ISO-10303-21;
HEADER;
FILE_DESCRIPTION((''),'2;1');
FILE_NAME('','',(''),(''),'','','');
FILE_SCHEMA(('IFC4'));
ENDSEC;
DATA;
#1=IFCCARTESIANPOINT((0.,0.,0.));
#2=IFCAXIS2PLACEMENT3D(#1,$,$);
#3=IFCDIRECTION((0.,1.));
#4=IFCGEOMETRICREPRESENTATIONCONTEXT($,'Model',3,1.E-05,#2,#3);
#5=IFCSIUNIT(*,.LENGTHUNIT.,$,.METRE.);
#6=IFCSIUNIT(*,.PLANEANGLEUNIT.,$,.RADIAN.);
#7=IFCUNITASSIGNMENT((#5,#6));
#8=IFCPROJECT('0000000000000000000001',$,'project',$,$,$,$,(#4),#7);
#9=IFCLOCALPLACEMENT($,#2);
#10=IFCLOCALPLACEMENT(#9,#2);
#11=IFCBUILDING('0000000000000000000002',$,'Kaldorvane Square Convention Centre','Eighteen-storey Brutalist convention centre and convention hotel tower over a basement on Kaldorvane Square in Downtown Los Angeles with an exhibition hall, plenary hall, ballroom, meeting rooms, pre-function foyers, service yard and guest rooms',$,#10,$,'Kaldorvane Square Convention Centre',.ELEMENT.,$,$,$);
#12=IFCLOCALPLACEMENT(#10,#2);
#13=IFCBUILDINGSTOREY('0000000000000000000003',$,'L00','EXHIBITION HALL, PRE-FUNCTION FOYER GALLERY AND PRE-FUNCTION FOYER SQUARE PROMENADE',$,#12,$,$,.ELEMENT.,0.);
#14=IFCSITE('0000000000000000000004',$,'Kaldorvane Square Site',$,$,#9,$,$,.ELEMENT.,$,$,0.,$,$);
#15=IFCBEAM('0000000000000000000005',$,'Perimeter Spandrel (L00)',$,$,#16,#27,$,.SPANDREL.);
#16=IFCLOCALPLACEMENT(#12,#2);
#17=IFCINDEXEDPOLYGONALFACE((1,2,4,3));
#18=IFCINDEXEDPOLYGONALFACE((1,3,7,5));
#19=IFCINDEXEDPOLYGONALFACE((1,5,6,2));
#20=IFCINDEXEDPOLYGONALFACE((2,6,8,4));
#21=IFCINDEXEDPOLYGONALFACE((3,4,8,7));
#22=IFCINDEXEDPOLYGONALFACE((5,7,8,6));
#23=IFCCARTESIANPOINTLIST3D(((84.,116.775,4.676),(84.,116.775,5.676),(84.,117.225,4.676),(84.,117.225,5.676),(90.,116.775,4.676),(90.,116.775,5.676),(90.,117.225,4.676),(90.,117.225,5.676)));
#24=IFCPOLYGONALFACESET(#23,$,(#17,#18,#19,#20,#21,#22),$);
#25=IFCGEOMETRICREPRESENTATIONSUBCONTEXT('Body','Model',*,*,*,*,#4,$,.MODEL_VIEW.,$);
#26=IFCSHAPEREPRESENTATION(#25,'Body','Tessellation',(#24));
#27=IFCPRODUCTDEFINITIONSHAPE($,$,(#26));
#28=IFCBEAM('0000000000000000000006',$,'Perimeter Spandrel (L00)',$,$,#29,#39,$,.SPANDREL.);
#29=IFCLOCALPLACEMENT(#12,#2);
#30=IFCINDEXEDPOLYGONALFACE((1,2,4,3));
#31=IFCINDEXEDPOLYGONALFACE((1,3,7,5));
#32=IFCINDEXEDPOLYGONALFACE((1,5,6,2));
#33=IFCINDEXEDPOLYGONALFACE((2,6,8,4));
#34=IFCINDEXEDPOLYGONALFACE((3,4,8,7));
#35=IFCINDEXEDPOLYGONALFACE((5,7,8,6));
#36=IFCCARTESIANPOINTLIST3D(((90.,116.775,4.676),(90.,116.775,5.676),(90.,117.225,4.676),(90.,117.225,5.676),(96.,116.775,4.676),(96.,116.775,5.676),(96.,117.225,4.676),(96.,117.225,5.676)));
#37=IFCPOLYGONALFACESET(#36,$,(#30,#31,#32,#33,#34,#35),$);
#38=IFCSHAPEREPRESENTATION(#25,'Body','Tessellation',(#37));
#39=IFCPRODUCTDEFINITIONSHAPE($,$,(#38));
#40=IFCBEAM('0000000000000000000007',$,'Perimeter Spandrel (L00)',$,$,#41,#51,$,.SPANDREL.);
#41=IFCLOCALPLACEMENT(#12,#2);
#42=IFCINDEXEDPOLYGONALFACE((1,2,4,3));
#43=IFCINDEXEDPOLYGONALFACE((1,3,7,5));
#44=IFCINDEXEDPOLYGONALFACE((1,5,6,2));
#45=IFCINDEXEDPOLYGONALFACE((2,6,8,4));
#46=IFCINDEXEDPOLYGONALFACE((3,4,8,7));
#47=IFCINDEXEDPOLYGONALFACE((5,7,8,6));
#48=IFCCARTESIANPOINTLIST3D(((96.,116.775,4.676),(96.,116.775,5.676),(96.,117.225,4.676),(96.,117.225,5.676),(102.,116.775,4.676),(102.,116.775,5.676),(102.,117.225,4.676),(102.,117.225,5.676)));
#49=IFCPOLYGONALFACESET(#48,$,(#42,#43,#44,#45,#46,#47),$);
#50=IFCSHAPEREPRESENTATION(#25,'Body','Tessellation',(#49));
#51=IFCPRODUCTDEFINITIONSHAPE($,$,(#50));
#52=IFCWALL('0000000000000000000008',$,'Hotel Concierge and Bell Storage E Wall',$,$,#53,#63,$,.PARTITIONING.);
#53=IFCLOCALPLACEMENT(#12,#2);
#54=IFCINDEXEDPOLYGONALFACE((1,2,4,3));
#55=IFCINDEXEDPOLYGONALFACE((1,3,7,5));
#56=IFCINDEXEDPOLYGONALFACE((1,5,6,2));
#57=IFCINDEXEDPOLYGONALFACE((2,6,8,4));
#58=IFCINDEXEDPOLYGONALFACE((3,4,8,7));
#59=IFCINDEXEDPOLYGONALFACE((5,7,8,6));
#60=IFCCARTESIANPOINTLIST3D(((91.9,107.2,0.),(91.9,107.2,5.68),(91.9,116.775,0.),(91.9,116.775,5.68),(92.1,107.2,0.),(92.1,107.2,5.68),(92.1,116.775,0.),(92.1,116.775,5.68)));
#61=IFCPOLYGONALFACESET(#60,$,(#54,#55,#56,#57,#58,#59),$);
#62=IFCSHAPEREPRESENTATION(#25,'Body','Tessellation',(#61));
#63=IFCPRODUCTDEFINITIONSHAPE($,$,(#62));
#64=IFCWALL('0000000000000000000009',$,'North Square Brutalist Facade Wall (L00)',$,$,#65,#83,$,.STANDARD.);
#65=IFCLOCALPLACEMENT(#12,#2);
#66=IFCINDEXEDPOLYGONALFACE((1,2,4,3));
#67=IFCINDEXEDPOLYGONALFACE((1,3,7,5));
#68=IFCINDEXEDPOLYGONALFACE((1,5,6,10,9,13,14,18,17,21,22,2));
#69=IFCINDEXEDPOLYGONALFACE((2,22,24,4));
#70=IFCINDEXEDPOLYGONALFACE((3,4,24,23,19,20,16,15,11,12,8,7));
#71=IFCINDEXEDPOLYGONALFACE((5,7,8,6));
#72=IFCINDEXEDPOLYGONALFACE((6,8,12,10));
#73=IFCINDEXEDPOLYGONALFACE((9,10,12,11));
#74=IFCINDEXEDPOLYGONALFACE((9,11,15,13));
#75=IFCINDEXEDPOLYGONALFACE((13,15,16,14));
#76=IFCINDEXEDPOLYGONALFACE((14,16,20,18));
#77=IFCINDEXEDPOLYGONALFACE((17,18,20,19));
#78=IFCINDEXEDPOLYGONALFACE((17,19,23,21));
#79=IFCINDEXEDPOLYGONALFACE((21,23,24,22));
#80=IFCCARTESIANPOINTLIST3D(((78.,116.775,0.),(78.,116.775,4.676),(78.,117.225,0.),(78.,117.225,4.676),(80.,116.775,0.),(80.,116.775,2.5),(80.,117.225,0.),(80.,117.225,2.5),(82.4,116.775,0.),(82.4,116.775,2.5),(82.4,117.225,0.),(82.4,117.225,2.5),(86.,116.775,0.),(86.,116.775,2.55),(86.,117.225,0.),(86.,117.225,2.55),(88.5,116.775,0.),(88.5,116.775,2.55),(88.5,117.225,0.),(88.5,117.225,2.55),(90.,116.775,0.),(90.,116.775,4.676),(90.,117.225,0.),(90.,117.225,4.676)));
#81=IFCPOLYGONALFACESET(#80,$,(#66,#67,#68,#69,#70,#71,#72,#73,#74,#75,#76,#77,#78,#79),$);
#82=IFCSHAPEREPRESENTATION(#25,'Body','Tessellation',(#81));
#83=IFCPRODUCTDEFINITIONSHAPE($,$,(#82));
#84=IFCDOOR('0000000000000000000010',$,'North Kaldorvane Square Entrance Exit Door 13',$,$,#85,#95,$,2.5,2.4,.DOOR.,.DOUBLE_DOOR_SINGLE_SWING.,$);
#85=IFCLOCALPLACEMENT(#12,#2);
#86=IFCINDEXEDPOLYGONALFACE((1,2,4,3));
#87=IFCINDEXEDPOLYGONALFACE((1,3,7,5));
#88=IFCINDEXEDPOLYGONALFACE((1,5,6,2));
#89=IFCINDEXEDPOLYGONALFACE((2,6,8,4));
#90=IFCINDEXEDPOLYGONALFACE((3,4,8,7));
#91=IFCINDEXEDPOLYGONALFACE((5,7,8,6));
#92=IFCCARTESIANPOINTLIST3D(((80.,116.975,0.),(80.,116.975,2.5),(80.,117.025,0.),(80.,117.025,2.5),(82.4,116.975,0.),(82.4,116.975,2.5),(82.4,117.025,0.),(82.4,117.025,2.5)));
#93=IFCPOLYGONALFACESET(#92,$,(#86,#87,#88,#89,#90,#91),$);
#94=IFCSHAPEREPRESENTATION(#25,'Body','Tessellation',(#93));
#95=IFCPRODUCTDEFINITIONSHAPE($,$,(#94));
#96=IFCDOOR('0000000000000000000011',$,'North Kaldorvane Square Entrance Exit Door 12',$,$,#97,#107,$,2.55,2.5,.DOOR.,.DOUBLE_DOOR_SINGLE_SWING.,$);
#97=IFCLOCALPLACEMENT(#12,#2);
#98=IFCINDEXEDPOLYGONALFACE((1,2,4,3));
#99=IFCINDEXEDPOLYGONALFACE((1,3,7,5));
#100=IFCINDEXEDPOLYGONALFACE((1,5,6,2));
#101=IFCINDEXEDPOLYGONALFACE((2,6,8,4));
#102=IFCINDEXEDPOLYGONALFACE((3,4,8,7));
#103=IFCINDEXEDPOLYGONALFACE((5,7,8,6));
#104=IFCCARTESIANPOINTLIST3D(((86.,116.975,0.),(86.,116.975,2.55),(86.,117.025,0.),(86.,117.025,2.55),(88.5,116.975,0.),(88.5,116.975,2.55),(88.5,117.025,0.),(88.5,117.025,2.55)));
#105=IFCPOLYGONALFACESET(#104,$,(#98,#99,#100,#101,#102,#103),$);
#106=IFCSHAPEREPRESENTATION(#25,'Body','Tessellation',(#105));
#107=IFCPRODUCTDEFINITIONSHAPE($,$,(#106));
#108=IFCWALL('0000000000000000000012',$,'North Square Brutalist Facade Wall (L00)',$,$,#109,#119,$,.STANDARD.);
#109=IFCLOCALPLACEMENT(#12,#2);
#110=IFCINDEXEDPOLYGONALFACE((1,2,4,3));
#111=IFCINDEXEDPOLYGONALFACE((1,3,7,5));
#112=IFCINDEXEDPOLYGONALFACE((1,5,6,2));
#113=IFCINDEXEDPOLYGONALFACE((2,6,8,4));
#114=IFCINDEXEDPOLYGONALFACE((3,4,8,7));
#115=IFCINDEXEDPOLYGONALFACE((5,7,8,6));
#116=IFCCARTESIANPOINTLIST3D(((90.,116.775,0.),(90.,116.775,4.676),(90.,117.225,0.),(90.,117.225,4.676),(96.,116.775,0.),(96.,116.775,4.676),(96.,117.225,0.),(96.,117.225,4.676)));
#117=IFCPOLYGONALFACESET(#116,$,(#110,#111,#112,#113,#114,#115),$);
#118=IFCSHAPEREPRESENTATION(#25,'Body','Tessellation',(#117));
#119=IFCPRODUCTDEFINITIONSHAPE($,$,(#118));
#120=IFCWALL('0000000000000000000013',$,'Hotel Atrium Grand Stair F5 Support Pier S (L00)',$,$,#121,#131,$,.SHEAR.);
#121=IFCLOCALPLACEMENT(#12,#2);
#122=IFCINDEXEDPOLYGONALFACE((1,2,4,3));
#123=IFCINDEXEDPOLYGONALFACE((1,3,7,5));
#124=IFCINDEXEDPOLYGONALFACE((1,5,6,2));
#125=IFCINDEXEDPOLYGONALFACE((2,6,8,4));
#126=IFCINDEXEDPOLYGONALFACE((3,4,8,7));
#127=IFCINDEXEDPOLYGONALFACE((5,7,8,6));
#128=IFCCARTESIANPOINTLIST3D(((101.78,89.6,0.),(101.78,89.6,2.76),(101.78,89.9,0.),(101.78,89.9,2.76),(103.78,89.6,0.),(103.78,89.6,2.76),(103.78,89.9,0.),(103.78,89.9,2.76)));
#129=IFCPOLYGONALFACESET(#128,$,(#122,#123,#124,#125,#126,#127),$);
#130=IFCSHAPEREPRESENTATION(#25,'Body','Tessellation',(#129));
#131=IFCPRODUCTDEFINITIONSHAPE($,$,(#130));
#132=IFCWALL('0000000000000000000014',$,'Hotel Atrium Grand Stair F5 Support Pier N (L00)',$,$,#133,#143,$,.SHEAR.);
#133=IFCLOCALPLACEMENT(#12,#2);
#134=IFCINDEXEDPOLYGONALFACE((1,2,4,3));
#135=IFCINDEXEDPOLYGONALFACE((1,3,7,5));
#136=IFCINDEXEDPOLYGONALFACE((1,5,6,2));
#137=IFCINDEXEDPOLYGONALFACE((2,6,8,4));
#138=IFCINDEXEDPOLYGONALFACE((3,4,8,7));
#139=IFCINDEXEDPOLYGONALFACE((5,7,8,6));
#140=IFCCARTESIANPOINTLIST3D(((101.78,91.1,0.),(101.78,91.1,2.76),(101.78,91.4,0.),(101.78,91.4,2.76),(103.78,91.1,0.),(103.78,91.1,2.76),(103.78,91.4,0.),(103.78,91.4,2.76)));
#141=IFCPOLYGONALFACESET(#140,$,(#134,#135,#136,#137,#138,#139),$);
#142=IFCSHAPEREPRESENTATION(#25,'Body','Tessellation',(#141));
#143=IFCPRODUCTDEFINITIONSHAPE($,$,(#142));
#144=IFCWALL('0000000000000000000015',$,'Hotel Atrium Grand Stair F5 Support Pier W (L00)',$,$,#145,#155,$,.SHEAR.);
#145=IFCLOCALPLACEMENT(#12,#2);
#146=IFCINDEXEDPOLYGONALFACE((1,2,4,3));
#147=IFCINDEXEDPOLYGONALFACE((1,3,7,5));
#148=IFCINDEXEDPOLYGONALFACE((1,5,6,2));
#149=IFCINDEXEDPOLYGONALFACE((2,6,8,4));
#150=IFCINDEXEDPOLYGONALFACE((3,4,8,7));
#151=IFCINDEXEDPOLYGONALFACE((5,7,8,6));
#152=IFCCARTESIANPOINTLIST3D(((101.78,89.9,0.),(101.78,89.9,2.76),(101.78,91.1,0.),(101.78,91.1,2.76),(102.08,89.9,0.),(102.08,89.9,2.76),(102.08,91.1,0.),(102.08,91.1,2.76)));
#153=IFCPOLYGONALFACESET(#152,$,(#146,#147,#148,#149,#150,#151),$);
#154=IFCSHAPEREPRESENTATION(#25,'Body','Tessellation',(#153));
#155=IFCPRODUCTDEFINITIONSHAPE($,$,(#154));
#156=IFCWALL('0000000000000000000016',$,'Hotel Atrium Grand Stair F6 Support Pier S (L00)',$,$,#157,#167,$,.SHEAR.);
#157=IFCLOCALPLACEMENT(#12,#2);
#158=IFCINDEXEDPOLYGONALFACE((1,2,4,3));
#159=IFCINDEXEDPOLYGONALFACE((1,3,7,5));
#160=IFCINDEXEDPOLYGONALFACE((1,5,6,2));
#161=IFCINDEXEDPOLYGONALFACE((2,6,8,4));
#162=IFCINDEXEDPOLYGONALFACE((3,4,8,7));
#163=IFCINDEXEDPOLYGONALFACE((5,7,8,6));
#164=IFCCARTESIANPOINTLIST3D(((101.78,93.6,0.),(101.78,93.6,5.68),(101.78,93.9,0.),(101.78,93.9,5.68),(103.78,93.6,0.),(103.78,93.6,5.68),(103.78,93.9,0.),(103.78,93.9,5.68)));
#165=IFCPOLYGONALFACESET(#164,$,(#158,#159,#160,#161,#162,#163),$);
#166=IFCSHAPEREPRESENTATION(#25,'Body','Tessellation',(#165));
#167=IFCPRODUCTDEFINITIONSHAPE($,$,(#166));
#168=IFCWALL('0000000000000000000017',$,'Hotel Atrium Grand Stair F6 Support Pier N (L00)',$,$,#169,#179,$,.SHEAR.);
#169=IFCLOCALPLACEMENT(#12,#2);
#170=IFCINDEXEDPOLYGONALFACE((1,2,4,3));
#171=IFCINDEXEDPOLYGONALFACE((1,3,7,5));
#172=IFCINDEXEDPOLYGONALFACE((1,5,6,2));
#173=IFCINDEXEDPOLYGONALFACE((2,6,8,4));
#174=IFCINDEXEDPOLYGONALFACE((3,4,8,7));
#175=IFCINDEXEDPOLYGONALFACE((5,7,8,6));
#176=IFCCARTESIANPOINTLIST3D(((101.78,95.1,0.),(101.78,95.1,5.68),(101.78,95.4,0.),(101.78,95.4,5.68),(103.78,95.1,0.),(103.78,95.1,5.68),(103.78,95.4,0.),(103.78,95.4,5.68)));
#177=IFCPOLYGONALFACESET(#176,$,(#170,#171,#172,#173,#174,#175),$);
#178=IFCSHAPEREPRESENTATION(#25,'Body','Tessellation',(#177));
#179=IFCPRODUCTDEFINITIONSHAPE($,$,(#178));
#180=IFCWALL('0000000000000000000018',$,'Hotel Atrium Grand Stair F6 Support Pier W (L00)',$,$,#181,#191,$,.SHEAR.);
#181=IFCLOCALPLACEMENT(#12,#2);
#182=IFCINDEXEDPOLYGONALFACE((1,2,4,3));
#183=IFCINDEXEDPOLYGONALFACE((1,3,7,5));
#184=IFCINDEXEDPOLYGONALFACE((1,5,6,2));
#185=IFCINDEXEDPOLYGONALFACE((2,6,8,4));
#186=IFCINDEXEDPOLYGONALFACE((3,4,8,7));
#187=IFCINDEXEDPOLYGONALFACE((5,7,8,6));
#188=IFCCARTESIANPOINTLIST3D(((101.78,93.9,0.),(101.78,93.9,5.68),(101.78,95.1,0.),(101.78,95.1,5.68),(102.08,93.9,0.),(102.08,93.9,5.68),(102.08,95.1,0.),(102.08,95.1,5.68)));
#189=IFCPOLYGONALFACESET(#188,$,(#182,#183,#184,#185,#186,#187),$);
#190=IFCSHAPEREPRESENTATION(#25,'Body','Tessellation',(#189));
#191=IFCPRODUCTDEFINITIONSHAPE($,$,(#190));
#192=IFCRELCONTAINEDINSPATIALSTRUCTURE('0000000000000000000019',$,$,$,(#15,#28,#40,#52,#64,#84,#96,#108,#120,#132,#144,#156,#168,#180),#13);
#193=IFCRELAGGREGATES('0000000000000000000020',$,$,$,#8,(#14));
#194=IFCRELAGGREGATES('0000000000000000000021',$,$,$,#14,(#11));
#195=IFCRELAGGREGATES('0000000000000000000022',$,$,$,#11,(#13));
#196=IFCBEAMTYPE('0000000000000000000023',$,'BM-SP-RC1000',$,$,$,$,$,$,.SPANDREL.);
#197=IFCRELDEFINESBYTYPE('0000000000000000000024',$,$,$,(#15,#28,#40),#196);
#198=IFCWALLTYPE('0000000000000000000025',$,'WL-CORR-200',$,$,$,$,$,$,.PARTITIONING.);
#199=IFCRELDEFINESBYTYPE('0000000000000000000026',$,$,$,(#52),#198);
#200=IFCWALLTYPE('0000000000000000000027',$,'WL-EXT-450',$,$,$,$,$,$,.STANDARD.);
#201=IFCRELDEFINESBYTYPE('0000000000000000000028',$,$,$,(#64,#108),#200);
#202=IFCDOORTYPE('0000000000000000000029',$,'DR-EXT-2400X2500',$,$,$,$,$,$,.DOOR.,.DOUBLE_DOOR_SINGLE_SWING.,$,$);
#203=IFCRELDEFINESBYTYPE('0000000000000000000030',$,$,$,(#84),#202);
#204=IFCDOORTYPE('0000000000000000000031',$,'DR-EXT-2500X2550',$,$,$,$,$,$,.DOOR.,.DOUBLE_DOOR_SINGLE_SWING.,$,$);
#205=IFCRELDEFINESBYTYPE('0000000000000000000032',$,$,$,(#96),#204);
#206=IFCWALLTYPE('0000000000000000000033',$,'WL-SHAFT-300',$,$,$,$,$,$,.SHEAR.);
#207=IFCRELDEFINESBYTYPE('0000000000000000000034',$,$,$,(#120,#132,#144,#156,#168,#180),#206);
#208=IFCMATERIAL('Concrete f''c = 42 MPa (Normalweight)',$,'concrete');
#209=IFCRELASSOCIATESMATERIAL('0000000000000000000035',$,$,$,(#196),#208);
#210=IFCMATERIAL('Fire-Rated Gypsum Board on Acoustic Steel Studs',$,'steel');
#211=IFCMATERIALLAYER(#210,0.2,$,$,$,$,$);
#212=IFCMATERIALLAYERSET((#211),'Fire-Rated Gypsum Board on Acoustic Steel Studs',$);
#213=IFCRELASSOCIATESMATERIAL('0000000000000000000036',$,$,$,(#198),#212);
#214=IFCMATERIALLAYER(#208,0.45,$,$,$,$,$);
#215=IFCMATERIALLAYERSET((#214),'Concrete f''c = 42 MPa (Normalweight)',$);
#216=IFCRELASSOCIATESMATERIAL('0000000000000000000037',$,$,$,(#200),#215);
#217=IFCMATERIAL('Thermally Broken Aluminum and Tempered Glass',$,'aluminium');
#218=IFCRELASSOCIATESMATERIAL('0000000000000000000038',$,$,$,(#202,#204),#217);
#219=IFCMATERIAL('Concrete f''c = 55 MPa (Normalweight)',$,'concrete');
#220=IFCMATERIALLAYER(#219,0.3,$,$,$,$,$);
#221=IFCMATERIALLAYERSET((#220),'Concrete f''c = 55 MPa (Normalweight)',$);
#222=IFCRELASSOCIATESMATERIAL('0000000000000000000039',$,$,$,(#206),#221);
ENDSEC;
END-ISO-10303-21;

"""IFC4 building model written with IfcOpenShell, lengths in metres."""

from ifc_helpers import new_model, si_unit, direction, frame, frame_2d, origin, origin_2d, place, context, subcontext, project, spatial, rectangle, extrude, material, layer, layer_set, material_profile, profile_set, type_object, element, fill, save


model = new_model("IFC4")

# Units and contexts
model_context = context("Model", 3, precision=1e-05, world=origin(), true_north=direction((0.0, 1.0)))
body_context = subcontext(model_context, "Body", "Model", "MODEL_VIEW")
ifc_project = project(units=[si_unit("LENGTHUNIT", "METRE"), si_unit("PLANEANGLEUNIT", "RADIAN")], contexts=[model_context])

# Site, building, storey
site_placement = place(None, origin())
site = spatial("IfcSite", under=ifc_project, at=site_placement, Name="Kaldorvane Square Site", CompositionType="ELEMENT", RefElevation=0.0)
building_placement = place(site_placement, origin())
building = spatial("IfcBuilding", under=site, at=building_placement, Name="Kaldorvane Square Convention Centre", Description="Eighteen-storey Brutalist convention centre and convention hotel tower over a basement on Kaldorvane Square in Downtown Los Angeles with an exhibition hall, plenary hall, ballroom, meeting rooms, pre-function foyers, service yard and guest rooms", LongName="Kaldorvane Square Convention Centre", CompositionType="ELEMENT")
storey_placement = place(building_placement, origin())
storey = spatial("IfcBuildingStorey", under=building, at=storey_placement, Name="L00", Description="EXHIBITION HALL, PRE-FUNCTION FOYER GALLERY AND PRE-FUNCTION FOYER SQUARE PROMENADE", CompositionType="ELEMENT", Elevation=0.0)

# Shared definitions
ifc_material_1 = material(Name="Concrete f'c = 55 MPa (Normalweight)", Category="concrete")

# Beams
ifc_material_2 = material(Name="Concrete f'c = 42 MPa (Normalweight)", Category="concrete")
ifc_material_profile_1 = material_profile(ifc_material_2, rectangle(XDim=0.45, YDim=1.0, at=origin_2d()), Name="RCSP1000X450")
ifc_profile_set_1 = profile_set([ifc_material_profile_1], Name="Concrete f'c = 42 MPa (Normalweight)")
beam_type_1 = type_object("IfcBeamType", Name="BM-SP-RC1000", PredefinedType="SPANDREL", material=ifc_profile_set_1)
for number, where, z_axis, x_axis, name in (
    (1, (84.0, 117.0, 5.176), (1.0, 0.0, 0.0), (0.0, 1.0, 0.0), "Perimeter Spandrel (L00)"),
    (2, (90.0, 117.0, 5.176), (1.0, 0.0, 0.0), (0.0, 1.0, 0.0), "Perimeter Spandrel (L00)"),
    (3, (96.0, 117.0, 5.176), (1.0, 0.0, 0.0), (0.0, 1.0, 0.0), "Perimeter Spandrel (L00)"),
):
    element("IfcBeam", number, at=place(storey_placement, frame(where, z_axis=z_axis, x_axis=x_axis)), inside=storey, type_object=beam_type_1, Name=name, PredefinedType="SPANDREL", context=body_context, shape_type="SweptSolid", body=[
        extrude(rectangle(XDim=0.45, YDim=1.0, at=origin_2d()), origin(), (0.0, 0.0, 1.0), 6.0),
    ])

# Wall
ifc_material_3 = material(Name="Fire-Rated Gypsum Board on Acoustic Steel Studs", Category="steel")
ifc_layer_1 = layer(ifc_material_3, 0.2)
ifc_layer_set_1 = layer_set([ifc_layer_1], Name="Fire-Rated Gypsum Board on Acoustic Steel Studs")
wall_type_1 = type_object("IfcWallType", Name="WL-CORR-200", PredefinedType="PARTITIONING", material=ifc_layer_set_1)
wall_1_placement = place(storey_placement, frame((92.0, 107.2, 0.0), z_axis=(0.0, 0.0, 1.0), x_axis=(0.0, 1.0, 0.0)))
element("IfcWall", 4, at=wall_1_placement, inside=storey, type_object=wall_type_1, Name="Hotel Concierge and Bell Storage E Wall", PredefinedType="PARTITIONING", context=body_context, shape_type="SweptSolid", body=[
    extrude(rectangle(XDim=9.575, YDim=0.2, at=frame_2d((4.7875, 0.0))), origin(), (0.0, 0.0, 1.0), 5.68),
])

# Wall, openings, doors
ifc_layer_2 = layer(ifc_material_2, 0.45)
ifc_layer_set_2 = layer_set([ifc_layer_2], Name="Concrete f'c = 42 MPa (Normalweight)")
wall_type_2 = type_object("IfcWallType", Name="WL-EXT-450", PredefinedType="STANDARD", material=ifc_layer_set_2)
wall_2_placement = place(storey_placement, frame((90.0, 117.0, 0.0), z_axis=(0.0, 0.0, 1.0), x_axis=(-1.0, 0.0, 0.0)))
wall_2 = element("IfcWall", 5, at=wall_2_placement, inside=storey, type_object=wall_type_2, Name="North Square Brutalist Facade Wall (L00)", PredefinedType="STANDARD", context=body_context, shape_type="SweptSolid", body=[
    extrude(rectangle(XDim=12.0, YDim=0.45, at=frame_2d((6.0, 0.0))), origin(), (0.0, 0.0, 1.0), 4.676),
])
opening_1_placement = place(wall_2_placement, frame((1.5, 0.0, 0.0)))
opening_1 = element("IfcOpeningElement", 6, at=opening_1_placement, cuts=wall_2, PredefinedType="OPENING", context=body_context, shape_type="SweptSolid", body=[
    extrude(rectangle(XDim=2.5, YDim=2.55, at=frame_2d((1.25, 1.275))), frame((0.0, 0.24, 0.0), z_axis=(0.0, -1.0, 0.0), x_axis=(1.0, 0.0, 0.0)), (0.0, 0.0, 1.0), 0.48),
])
opening_2_placement = place(wall_2_placement, frame((7.6, 0.0, 0.0)))
opening_2 = element("IfcOpeningElement", 7, at=opening_2_placement, cuts=wall_2, PredefinedType="OPENING", context=body_context, shape_type="SweptSolid", body=[
    extrude(rectangle(XDim=2.4, YDim=2.5, at=frame_2d((1.2, 1.25))), frame((0.0, 0.24, 0.0), z_axis=(0.0, -1.0, 0.0), x_axis=(1.0, 0.0, 0.0)), (0.0, 0.0, 1.0), 0.48),
])
ifc_material_4 = material(Name="Thermally Broken Aluminum and Tempered Glass", Category="aluminium")
door_type_1 = type_object("IfcDoorType", Name="DR-EXT-2400X2500", OperationType="DOUBLE_DOOR_SINGLE_SWING", PredefinedType="DOOR", material=ifc_material_4)
door_1_placement = place(opening_2_placement, origin())
door_1 = element("IfcDoor", 8, at=door_1_placement, inside=storey, type_object=door_type_1, Name="North Kaldorvane Square Entrance Exit Door 13", OperationType="DOUBLE_DOOR_SINGLE_SWING", OverallHeight=2.5, OverallWidth=2.4, PredefinedType="DOOR", context=body_context, shape_type="SweptSolid", body=[
    extrude(rectangle(XDim=2.4, YDim=2.5, at=frame_2d((1.2, 1.25))), frame((0.0, 0.025, 0.0), z_axis=(0.0, -1.0, 0.0), x_axis=(1.0, 0.0, 0.0)), (0.0, 0.0, 1.0), 0.05),
])
fill(opening_2, door_1)
door_type_2 = type_object("IfcDoorType", Name="DR-EXT-2500X2550", OperationType="DOUBLE_DOOR_SINGLE_SWING", PredefinedType="DOOR", material=ifc_material_4)
door_2_placement = place(opening_1_placement, origin())
door_2 = element("IfcDoor", 9, at=door_2_placement, inside=storey, type_object=door_type_2, Name="North Kaldorvane Square Entrance Exit Door 12", OperationType="DOUBLE_DOOR_SINGLE_SWING", OverallHeight=2.55, OverallWidth=2.5, PredefinedType="DOOR", context=body_context, shape_type="SweptSolid", body=[
    extrude(rectangle(XDim=2.5, YDim=2.55, at=frame_2d((1.25, 1.275))), frame((0.0, 0.025, 0.0), z_axis=(0.0, -1.0, 0.0), x_axis=(1.0, 0.0, 0.0)), (0.0, 0.0, 1.0), 0.05),
])
fill(opening_1, door_2)

# Walls
wall_3_placement = place(storey_placement, frame((96.0, 117.0, 0.0), z_axis=(0.0, 0.0, 1.0), x_axis=(-1.0, 0.0, 0.0)))
element("IfcWall", 10, at=wall_3_placement, inside=storey, type_object=wall_type_2, Name="North Square Brutalist Facade Wall (L00)", PredefinedType="STANDARD", context=body_context, shape_type="SweptSolid", body=[
    extrude(rectangle(XDim=6.0, YDim=0.45, at=frame_2d((3.0, 0.0))), origin(), (0.0, 0.0, 1.0), 4.676),
])
ifc_layer_3 = layer(ifc_material_1, 0.3)
ifc_layer_set_3 = layer_set([ifc_layer_3], Name="Concrete f'c = 55 MPa (Normalweight)")
wall_type_3 = type_object("IfcWallType", Name="WL-SHAFT-300", PredefinedType="SHEAR", material=ifc_layer_set_3)
for number, where, z_axis, x_axis, name in (
    (11, (101.78, 89.75, 0.0), (0.0, 0.0, 1.0), (1.0, 0.0, 0.0), "Hotel Atrium Grand Stair F5 Support Pier S (L00)"),
    (12, (101.78, 91.25, 0.0), (0.0, 0.0, 1.0), (1.0, 0.0, 0.0), "Hotel Atrium Grand Stair F5 Support Pier N (L00)"),
):
    element("IfcWall", number, at=place(storey_placement, frame(where, z_axis=z_axis, x_axis=x_axis)), inside=storey, type_object=wall_type_3, Name=name, PredefinedType="SHEAR", context=body_context, shape_type="SweptSolid", body=[
        extrude(rectangle(XDim=2.0, YDim=0.3, at=frame_2d((1.0, 0.0))), origin(), (0.0, 0.0, 1.0), 2.76),
    ])
wall_4_placement = place(storey_placement, frame((101.93, 89.9, 0.0), z_axis=(0.0, 0.0, 1.0), x_axis=(0.0, 1.0, 0.0)))
element("IfcWall", 13, at=wall_4_placement, inside=storey, type_object=wall_type_3, Name="Hotel Atrium Grand Stair F5 Support Pier W (L00)", PredefinedType="SHEAR", context=body_context, shape_type="SweptSolid", body=[
    extrude(rectangle(XDim=1.2, YDim=0.3, at=frame_2d((0.6, 0.0))), origin(), (0.0, 0.0, 1.0), 2.76),
])
for number, where, z_axis, x_axis, name in (
    (14, (101.78, 93.75, 0.0), (0.0, 0.0, 1.0), (1.0, 0.0, 0.0), "Hotel Atrium Grand Stair F6 Support Pier S (L00)"),
    (15, (101.78, 95.25, 0.0), (0.0, 0.0, 1.0), (1.0, 0.0, 0.0), "Hotel Atrium Grand Stair F6 Support Pier N (L00)"),
):
    element("IfcWall", number, at=place(storey_placement, frame(where, z_axis=z_axis, x_axis=x_axis)), inside=storey, type_object=wall_type_3, Name=name, PredefinedType="SHEAR", context=body_context, shape_type="SweptSolid", body=[
        extrude(rectangle(XDim=2.0, YDim=0.3, at=frame_2d((1.0, 0.0))), origin(), (0.0, 0.0, 1.0), 5.68),
    ])
wall_5_placement = place(storey_placement, frame((101.93, 93.9, 0.0), z_axis=(0.0, 0.0, 1.0), x_axis=(0.0, 1.0, 0.0)))
element("IfcWall", 16, at=wall_5_placement, inside=storey, type_object=wall_type_3, Name="Hotel Atrium Grand Stair F6 Support Pier W (L00)", PredefinedType="SHEAR", context=body_context, shape_type="SweptSolid", body=[
    extrude(rectangle(XDim=1.2, YDim=0.3, at=frame_2d((0.6, 0.0))), origin(), (0.0, 0.0, 1.0), 5.68),
])

save(model, "model.ifc")
